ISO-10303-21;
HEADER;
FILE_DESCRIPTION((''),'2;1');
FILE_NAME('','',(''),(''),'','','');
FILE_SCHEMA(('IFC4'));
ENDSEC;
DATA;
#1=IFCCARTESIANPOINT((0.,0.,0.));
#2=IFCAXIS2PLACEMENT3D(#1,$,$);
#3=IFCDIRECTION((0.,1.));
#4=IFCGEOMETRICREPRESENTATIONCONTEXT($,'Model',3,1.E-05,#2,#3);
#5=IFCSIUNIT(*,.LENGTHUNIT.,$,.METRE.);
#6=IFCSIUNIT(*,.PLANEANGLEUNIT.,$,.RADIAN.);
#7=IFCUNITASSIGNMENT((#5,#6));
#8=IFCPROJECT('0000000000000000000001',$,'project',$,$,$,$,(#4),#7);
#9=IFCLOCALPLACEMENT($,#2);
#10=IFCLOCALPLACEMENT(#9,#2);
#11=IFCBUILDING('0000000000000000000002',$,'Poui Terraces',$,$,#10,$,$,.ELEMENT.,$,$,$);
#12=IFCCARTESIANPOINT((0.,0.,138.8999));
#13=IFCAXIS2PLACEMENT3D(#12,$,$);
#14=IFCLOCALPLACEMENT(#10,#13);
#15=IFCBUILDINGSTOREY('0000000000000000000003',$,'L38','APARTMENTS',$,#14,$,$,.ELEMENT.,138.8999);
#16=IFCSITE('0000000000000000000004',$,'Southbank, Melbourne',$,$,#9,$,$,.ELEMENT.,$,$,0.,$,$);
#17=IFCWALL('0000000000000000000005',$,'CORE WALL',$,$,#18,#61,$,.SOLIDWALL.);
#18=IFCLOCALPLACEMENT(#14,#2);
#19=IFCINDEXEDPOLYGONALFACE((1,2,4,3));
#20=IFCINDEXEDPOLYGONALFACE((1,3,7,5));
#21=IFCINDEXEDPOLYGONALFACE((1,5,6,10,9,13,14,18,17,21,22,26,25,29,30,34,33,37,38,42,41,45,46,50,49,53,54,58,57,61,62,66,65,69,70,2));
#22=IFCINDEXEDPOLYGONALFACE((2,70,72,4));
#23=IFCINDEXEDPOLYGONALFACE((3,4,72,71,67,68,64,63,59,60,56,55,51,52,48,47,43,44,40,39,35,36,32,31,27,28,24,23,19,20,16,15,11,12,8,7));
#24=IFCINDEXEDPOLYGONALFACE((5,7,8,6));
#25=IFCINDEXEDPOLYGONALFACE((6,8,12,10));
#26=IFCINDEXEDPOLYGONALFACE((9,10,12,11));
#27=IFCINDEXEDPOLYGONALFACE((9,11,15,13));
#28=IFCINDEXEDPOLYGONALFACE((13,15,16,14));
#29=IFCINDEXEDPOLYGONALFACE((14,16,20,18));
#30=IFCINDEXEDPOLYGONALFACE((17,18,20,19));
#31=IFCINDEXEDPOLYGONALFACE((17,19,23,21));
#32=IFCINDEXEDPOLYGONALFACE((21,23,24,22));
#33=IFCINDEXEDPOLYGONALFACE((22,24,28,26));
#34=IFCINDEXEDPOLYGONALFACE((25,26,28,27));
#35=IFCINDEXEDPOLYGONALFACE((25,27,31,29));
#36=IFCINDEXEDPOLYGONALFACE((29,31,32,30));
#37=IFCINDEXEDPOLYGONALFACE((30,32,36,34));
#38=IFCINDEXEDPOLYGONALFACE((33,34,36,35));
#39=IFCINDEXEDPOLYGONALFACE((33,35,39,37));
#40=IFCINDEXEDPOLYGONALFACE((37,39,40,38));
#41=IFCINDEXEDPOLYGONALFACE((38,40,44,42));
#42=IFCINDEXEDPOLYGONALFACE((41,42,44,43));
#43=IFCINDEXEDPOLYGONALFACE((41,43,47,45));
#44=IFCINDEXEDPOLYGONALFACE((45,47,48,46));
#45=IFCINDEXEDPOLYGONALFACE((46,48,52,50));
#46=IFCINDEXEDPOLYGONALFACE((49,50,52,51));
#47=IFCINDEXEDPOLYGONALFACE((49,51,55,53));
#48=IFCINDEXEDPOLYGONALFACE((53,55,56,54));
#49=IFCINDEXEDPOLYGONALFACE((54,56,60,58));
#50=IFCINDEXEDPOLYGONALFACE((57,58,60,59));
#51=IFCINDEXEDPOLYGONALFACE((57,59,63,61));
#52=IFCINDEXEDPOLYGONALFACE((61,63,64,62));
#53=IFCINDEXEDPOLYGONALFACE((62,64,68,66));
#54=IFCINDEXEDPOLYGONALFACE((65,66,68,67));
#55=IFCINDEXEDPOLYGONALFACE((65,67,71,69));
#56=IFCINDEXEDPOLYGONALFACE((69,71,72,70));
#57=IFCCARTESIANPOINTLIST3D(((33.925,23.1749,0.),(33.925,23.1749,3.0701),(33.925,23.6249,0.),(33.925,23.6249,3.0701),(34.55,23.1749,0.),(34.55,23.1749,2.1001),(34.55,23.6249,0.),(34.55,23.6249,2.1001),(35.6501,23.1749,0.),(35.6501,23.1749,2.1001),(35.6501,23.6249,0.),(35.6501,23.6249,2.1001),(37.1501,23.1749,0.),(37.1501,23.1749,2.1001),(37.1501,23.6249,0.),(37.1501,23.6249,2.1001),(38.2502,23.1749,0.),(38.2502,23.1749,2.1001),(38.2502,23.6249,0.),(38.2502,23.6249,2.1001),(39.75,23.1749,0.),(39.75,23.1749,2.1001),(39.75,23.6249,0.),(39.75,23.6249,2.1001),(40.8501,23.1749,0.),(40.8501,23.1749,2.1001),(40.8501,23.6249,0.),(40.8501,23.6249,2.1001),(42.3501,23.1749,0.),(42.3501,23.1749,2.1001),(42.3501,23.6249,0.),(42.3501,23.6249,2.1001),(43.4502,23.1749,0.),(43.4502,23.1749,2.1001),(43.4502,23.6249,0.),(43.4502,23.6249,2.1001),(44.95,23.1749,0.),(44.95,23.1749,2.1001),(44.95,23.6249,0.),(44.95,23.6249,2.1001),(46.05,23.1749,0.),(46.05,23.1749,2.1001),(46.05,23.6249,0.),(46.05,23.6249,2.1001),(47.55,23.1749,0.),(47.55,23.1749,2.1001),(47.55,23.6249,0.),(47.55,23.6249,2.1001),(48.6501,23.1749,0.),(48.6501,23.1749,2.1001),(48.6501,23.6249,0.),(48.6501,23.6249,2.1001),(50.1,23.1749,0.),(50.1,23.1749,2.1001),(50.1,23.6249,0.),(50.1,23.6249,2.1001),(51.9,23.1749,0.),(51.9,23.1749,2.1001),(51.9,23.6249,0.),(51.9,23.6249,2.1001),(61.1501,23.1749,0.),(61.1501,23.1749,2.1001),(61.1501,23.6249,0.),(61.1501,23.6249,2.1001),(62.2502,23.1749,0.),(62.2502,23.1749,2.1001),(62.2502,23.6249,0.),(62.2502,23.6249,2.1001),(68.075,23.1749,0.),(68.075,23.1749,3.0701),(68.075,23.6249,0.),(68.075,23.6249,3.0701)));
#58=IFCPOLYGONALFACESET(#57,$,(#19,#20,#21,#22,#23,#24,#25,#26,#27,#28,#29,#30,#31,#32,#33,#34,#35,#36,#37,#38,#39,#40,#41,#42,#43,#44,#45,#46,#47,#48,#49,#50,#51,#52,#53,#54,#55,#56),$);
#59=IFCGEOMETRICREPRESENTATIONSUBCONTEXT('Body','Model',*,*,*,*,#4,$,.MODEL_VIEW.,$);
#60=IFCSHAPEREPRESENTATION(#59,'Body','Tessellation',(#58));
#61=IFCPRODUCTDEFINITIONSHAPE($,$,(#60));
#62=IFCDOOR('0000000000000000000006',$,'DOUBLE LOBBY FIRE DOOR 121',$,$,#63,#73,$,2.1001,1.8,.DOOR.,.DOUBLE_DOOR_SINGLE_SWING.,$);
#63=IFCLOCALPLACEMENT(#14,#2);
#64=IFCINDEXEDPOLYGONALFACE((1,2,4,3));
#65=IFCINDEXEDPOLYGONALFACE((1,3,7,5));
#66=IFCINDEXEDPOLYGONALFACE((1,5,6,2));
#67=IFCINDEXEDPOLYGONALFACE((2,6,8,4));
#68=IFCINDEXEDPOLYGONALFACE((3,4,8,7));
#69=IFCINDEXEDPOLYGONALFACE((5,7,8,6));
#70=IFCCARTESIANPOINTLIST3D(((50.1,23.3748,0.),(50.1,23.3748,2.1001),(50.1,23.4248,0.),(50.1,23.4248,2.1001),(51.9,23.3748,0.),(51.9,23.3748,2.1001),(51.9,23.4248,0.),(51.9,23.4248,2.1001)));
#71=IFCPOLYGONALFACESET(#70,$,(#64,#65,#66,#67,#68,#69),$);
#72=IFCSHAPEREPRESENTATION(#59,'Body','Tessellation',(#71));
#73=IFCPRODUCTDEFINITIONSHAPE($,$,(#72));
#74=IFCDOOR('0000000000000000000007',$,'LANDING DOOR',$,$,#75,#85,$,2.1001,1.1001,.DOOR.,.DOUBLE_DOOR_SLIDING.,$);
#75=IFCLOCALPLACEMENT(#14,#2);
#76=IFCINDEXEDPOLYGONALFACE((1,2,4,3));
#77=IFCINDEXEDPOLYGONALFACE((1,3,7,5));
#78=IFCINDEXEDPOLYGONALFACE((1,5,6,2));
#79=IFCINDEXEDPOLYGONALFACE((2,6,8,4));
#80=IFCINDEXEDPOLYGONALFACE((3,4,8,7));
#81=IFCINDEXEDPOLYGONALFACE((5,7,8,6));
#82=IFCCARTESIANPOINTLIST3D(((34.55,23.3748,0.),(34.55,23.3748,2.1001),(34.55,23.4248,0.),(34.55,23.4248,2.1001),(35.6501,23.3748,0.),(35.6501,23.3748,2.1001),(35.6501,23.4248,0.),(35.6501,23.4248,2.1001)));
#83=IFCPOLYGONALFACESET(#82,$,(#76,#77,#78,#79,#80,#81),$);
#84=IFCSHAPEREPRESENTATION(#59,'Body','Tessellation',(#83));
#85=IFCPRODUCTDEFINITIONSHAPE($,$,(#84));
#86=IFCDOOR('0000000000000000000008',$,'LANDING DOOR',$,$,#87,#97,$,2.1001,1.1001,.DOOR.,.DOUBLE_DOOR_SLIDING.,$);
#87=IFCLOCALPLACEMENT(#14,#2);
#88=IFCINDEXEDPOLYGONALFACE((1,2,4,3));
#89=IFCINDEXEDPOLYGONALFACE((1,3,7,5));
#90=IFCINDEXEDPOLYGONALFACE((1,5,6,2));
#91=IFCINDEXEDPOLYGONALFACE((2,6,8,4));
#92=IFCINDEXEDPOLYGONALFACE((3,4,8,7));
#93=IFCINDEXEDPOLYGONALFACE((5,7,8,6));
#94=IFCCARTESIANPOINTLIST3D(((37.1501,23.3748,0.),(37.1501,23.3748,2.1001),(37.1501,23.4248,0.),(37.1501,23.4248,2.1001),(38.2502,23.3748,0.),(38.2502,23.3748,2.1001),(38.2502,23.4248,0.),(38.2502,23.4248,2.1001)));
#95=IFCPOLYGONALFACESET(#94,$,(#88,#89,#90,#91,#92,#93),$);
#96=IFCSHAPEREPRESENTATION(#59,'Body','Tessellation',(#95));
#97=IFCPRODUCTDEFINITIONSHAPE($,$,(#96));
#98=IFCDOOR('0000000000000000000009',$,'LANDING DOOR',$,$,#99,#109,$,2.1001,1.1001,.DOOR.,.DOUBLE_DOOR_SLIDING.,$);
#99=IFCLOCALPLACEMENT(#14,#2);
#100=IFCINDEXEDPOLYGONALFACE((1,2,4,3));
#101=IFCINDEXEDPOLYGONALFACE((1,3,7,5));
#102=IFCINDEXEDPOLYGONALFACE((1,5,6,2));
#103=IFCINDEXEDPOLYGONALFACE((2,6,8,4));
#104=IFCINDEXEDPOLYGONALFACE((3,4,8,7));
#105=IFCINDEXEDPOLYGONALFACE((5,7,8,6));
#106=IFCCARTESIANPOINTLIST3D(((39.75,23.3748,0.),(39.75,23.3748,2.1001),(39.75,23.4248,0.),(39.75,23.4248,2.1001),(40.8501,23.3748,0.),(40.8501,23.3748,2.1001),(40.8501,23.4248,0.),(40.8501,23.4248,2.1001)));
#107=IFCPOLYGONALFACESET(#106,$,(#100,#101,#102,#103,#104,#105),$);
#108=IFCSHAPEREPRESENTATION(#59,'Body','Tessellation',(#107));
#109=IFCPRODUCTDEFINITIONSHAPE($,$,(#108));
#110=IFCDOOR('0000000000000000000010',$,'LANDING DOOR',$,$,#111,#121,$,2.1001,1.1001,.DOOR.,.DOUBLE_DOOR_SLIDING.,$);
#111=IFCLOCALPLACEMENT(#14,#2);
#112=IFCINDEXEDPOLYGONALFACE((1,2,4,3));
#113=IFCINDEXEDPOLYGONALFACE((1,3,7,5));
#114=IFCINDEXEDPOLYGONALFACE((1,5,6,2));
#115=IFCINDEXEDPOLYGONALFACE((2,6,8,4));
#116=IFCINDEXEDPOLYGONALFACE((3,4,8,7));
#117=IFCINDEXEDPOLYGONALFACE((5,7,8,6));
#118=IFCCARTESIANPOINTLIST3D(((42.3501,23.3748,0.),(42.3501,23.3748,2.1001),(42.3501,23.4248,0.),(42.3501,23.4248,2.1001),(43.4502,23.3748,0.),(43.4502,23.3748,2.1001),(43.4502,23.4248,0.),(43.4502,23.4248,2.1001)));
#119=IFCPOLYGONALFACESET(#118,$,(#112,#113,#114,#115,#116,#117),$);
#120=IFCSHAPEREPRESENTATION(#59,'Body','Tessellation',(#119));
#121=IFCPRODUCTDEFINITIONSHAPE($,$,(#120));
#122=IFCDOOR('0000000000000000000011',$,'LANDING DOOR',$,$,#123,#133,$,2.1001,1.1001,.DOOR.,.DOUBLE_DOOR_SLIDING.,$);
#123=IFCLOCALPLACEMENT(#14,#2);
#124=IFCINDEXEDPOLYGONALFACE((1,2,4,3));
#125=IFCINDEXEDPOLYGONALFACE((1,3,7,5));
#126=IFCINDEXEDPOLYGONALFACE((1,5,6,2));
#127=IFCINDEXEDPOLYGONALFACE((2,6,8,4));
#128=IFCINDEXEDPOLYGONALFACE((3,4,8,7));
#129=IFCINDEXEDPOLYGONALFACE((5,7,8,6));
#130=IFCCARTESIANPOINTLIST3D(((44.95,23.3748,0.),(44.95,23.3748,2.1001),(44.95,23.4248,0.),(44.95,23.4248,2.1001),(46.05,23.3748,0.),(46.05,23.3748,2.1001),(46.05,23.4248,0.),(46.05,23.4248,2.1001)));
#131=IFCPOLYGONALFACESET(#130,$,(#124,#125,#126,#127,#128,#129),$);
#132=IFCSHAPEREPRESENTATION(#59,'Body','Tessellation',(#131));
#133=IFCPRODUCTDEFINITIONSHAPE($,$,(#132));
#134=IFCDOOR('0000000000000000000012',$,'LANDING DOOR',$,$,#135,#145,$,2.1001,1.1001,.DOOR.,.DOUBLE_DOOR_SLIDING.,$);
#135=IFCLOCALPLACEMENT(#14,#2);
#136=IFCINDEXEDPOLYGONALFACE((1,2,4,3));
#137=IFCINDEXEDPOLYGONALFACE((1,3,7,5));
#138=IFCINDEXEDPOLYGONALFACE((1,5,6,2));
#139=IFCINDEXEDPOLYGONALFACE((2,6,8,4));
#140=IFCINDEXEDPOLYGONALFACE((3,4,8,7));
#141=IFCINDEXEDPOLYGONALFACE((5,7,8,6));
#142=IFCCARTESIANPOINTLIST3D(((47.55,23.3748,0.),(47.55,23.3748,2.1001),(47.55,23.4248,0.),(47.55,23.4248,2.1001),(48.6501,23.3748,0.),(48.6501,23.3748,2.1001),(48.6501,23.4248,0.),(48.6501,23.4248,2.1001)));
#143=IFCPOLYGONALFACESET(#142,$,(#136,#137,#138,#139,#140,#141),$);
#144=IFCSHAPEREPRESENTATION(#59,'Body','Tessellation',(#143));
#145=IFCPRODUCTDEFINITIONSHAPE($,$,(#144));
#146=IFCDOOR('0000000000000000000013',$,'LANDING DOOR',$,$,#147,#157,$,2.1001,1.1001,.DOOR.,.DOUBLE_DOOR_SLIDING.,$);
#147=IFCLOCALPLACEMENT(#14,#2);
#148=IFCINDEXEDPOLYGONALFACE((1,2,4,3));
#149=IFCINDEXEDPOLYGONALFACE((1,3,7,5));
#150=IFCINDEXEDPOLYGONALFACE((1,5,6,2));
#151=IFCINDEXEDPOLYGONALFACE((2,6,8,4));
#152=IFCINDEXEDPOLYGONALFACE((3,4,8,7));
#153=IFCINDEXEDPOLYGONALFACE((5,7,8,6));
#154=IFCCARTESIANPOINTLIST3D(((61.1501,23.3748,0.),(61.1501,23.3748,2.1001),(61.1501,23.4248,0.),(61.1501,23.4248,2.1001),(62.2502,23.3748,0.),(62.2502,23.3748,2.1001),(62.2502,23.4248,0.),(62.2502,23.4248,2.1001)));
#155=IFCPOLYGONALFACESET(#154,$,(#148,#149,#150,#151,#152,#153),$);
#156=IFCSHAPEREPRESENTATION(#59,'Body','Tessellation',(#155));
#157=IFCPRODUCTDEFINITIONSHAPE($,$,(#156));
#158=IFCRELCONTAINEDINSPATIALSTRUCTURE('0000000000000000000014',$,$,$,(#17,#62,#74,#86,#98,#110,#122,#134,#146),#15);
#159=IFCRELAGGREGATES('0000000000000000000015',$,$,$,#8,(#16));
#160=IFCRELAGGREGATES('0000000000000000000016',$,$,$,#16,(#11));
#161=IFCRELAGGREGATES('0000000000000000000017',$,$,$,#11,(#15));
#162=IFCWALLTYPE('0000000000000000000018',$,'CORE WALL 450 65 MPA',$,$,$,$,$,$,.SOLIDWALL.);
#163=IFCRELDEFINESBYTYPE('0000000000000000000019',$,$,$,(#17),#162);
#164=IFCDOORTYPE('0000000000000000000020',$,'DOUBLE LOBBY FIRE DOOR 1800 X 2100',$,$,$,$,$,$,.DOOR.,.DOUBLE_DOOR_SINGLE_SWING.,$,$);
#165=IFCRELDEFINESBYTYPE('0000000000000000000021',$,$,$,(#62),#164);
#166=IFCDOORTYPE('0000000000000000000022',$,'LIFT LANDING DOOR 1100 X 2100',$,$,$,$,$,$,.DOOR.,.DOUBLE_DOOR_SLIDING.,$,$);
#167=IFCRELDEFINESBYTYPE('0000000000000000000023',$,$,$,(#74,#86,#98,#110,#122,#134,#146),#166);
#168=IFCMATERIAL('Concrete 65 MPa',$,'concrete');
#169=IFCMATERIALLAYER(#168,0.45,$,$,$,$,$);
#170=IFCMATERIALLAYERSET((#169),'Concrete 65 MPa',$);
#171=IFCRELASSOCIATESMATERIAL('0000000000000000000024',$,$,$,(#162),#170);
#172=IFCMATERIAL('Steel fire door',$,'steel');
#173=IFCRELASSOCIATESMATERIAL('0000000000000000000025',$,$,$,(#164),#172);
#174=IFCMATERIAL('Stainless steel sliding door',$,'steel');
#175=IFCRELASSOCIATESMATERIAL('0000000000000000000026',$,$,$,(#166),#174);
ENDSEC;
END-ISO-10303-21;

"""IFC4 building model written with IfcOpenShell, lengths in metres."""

from ifc_helpers import new_model, si_unit, direction, frame, frame_2d, origin, place, context, subcontext, project, spatial, rectangle, extrude, material, layer, layer_set, type_object, element, fill, save


model = new_model("IFC4")

# Units and contexts
model_context = context("Model", 3, precision=1e-05, world=origin(), true_north=direction((0.0, 1.0)))
body_context = subcontext(model_context, "Body", "Model", "MODEL_VIEW")
ifc_project = project(units=[si_unit("LENGTHUNIT", "METRE"), si_unit("PLANEANGLEUNIT", "RADIAN")], contexts=[model_context])

# Site, building, storey
site_placement = place(None, origin())
site = spatial("IfcSite", under=ifc_project, at=site_placement, Name="Southbank, Melbourne", CompositionType="ELEMENT", RefElevation=0.0)
building_placement = place(site_placement, origin())
building = spatial("IfcBuilding", under=site, at=building_placement, Name="Poui Terraces", CompositionType="ELEMENT")
storey_placement = place(building_placement, frame((0.0, 0.0, 138.8999)))
storey = spatial("IfcBuildingStorey", under=building, at=storey_placement, Name="L38", Description="APARTMENTS", CompositionType="ELEMENT", Elevation=138.8999)

# Wall, openings, doors
ifc_material_1 = material(Name="Concrete 65 MPa", Category="concrete")
ifc_layer_1 = layer(ifc_material_1, 0.45)
ifc_layer_set_1 = layer_set([ifc_layer_1], Name="Concrete 65 MPa")
wall_type_1 = type_object("IfcWallType", Name="CORE WALL 450 65 MPA", PredefinedType="SOLIDWALL", material=ifc_layer_set_1)
ifc_material_2 = material(Name="Steel fire door", Category="steel")
door_type_1 = type_object("IfcDoorType", Name="DOUBLE LOBBY FIRE DOOR 1800 X 2100", OperationType="DOUBLE_DOOR_SINGLE_SWING", PredefinedType="DOOR", material=ifc_material_2)
wall_1_placement = place(storey_placement, frame((33.925, 23.3999, 0.0), z_axis=(0.0, 0.0, 1.0), x_axis=(1.0, 0.0, 0.0)))
wall_1 = element("IfcWall", 1, at=wall_1_placement, inside=storey, type_object=wall_type_1, Name="CORE WALL", PredefinedType="SOLIDWALL", context=body_context, shape_type="SweptSolid", body=[
    extrude(rectangle(XDim=34.1499, YDim=0.45, at=frame_2d((17.075, 0.0))), origin(), (0.0, 0.0, 1.0), 3.0701),
])
opening_1_placement = place(wall_1_placement, frame((16.175, 0.0, 0.0)))
opening_1 = element("IfcOpeningElement", 2, at=opening_1_placement, cuts=wall_1, PredefinedType="OPENING", context=body_context, shape_type="SweptSolid", body=[
    extrude(rectangle(XDim=1.8, YDim=2.1001, at=frame_2d((0.8999, 1.05))), frame((0.0, 0.2349, 0.0), z_axis=(0.0, -1.0, 0.0), x_axis=(1.0, 0.0, 0.0)), (0.0, 0.0, 1.0), 0.47),
])
opening_2_placement = place(wall_1_placement, frame((0.625, 0.0, 0.0)))
opening_2 = element("IfcOpeningElement", 3, at=opening_2_placement, cuts=wall_1, PredefinedType="OPENING", context=body_context, shape_type="SweptSolid", body=[
    extrude(rectangle(XDim=1.1001, YDim=2.1001, at=frame_2d((0.55, 1.05))), frame((0.0, 0.2349, 0.0), z_axis=(0.0, -1.0, 0.0), x_axis=(1.0, 0.0, 0.0)), (0.0, 0.0, 1.0), 0.47),
])
opening_3_placement = place(wall_1_placement, frame((3.2251, 0.0, 0.0)))
opening_3 = element("IfcOpeningElement", 4, at=opening_3_placement, cuts=wall_1, PredefinedType="OPENING", context=body_context, shape_type="SweptSolid", body=[
    extrude(rectangle(XDim=1.1001, YDim=2.1001, at=frame_2d((0.55, 1.05))), frame((0.0, 0.2349, 0.0), z_axis=(0.0, -1.0, 0.0), x_axis=(1.0, 0.0, 0.0)), (0.0, 0.0, 1.0), 0.47),
])
opening_4_placement = place(wall_1_placement, frame((5.825, 0.0, 0.0)))
opening_4 = element("IfcOpeningElement", 5, at=opening_4_placement, cuts=wall_1, PredefinedType="OPENING", context=body_context, shape_type="SweptSolid", body=[
    extrude(rectangle(XDim=1.1001, YDim=2.1001, at=frame_2d((0.55, 1.05))), frame((0.0, 0.2349, 0.0), z_axis=(0.0, -1.0, 0.0), x_axis=(1.0, 0.0, 0.0)), (0.0, 0.0, 1.0), 0.47),
])
opening_5_placement = place(wall_1_placement, frame((8.425, 0.0, 0.0)))
opening_5 = element("IfcOpeningElement", 6, at=opening_5_placement, cuts=wall_1, PredefinedType="OPENING", context=body_context, shape_type="SweptSolid", body=[
    extrude(rectangle(XDim=1.1001, YDim=2.1001, at=frame_2d((0.55, 1.05))), frame((0.0, 0.2349, 0.0), z_axis=(0.0, -1.0, 0.0), x_axis=(1.0, 0.0, 0.0)), (0.0, 0.0, 1.0), 0.47),
])
opening_6_placement = place(wall_1_placement, frame((11.0249, 0.0, 0.0)))
opening_6 = element("IfcOpeningElement", 7, at=opening_6_placement, cuts=wall_1, PredefinedType="OPENING", context=body_context, shape_type="SweptSolid", body=[
    extrude(rectangle(XDim=1.1001, YDim=2.1001, at=frame_2d((0.55, 1.05))), frame((0.0, 0.2349, 0.0), z_axis=(0.0, -1.0, 0.0), x_axis=(1.0, 0.0, 0.0)), (0.0, 0.0, 1.0), 0.47),
])
opening_7_placement = place(wall_1_placement, frame((13.625, 0.0, 0.0)))
opening_7 = element("IfcOpeningElement", 8, at=opening_7_placement, cuts=wall_1, PredefinedType="OPENING", context=body_context, shape_type="SweptSolid", body=[
    extrude(rectangle(XDim=1.1001, YDim=2.1001, at=frame_2d((0.55, 1.05))), frame((0.0, 0.2349, 0.0), z_axis=(0.0, -1.0, 0.0), x_axis=(1.0, 0.0, 0.0)), (0.0, 0.0, 1.0), 0.47),
])
opening_8_placement = place(wall_1_placement, frame((27.2251, 0.0, 0.0)))
opening_8 = element("IfcOpeningElement", 9, at=opening_8_placement, cuts=wall_1, PredefinedType="OPENING", context=body_context, shape_type="SweptSolid", body=[
    extrude(rectangle(XDim=1.1001, YDim=2.1001, at=frame_2d((0.55, 1.05))), frame((0.0, 0.2349, 0.0), z_axis=(0.0, -1.0, 0.0), x_axis=(1.0, 0.0, 0.0)), (0.0, 0.0, 1.0), 0.47),
])
door_1_placement = place(opening_1_placement, origin())
door_1 = element("IfcDoor", 10, at=door_1_placement, inside=storey, type_object=door_type_1, Name="DOUBLE LOBBY FIRE DOOR 121", OperationType="DOUBLE_DOOR_SINGLE_SWING", OverallHeight=2.1001, OverallWidth=1.8, PredefinedType="DOOR", context=body_context, shape_type="SweptSolid", body=[
    extrude(rectangle(XDim=1.8, YDim=2.1001, at=frame_2d((0.8999, 1.05))), frame((0.0, 0.0249, 0.0), z_axis=(0.0, -1.0, 0.0), x_axis=(1.0, 0.0, 0.0)), (0.0, 0.0, 1.0), 0.05),
])
fill(opening_1, door_1)
ifc_material_3 = material(Name="Stainless steel sliding door", Category="steel")
door_type_2 = type_object("IfcDoorType", Name="LIFT LANDING DOOR 1100 X 2100", OperationType="DOUBLE_DOOR_SLIDING", PredefinedType="DOOR", material=ifc_material_3)
door_2_placement = place(opening_2_placement, origin())
door_2 = element("IfcDoor", 11, at=door_2_placement, inside=storey, type_object=door_type_2, Name="LANDING DOOR", OperationType="DOUBLE_DOOR_SLIDING", OverallHeight=2.1001, OverallWidth=1.1001, PredefinedType="DOOR", context=body_context, shape_type="SweptSolid", body=[
    extrude(rectangle(XDim=1.1001, YDim=2.1001, at=frame_2d((0.55, 1.05))), frame((0.0, 0.0249, 0.0), z_axis=(0.0, -1.0, 0.0), x_axis=(1.0, 0.0, 0.0)), (0.0, 0.0, 1.0), 0.05),
])
fill(opening_2, door_2)
door_3_placement = place(opening_3_placement, origin())
door_3 = element("IfcDoor", 12, at=door_3_placement, inside=storey, type_object=door_type_2, Name="LANDING DOOR", OperationType="DOUBLE_DOOR_SLIDING", OverallHeight=2.1001, OverallWidth=1.1001, PredefinedType="DOOR", context=body_context, shape_type="SweptSolid", body=[
    extrude(rectangle(XDim=1.1001, YDim=2.1001, at=frame_2d((0.55, 1.05))), frame((0.0, 0.0249, 0.0), z_axis=(0.0, -1.0, 0.0), x_axis=(1.0, 0.0, 0.0)), (0.0, 0.0, 1.0), 0.05),
])
fill(opening_3, door_3)
door_4_placement = place(opening_4_placement, origin())
door_4 = element("IfcDoor", 13, at=door_4_placement, inside=storey, type_object=door_type_2, Name="LANDING DOOR", OperationType="DOUBLE_DOOR_SLIDING", OverallHeight=2.1001, OverallWidth=1.1001, PredefinedType="DOOR", context=body_context, shape_type="SweptSolid", body=[
    extrude(rectangle(XDim=1.1001, YDim=2.1001, at=frame_2d((0.55, 1.05))), frame((0.0, 0.0249, 0.0), z_axis=(0.0, -1.0, 0.0), x_axis=(1.0, 0.0, 0.0)), (0.0, 0.0, 1.0), 0.05),
])
fill(opening_4, door_4)
door_5_placement = place(opening_5_placement, origin())
door_5 = element("IfcDoor", 14, at=door_5_placement, inside=storey, type_object=door_type_2, Name="LANDING DOOR", OperationType="DOUBLE_DOOR_SLIDING", OverallHeight=2.1001, OverallWidth=1.1001, PredefinedType="DOOR", context=body_context, shape_type="SweptSolid", body=[
    extrude(rectangle(XDim=1.1001, YDim=2.1001, at=frame_2d((0.55, 1.05))), frame((0.0, 0.0249, 0.0), z_axis=(0.0, -1.0, 0.0), x_axis=(1.0, 0.0, 0.0)), (0.0, 0.0, 1.0), 0.05),
])
fill(opening_5, door_5)
door_6_placement = place(opening_6_placement, origin())
door_6 = element("IfcDoor", 15, at=door_6_placement, inside=storey, type_object=door_type_2, Name="LANDING DOOR", OperationType="DOUBLE_DOOR_SLIDING", OverallHeight=2.1001, OverallWidth=1.1001, PredefinedType="DOOR", context=body_context, shape_type="SweptSolid", body=[
    extrude(rectangle(XDim=1.1001, YDim=2.1001, at=frame_2d((0.55, 1.05))), frame((0.0, 0.0249, 0.0), z_axis=(0.0, -1.0, 0.0), x_axis=(1.0, 0.0, 0.0)), (0.0, 0.0, 1.0), 0.05),
])
fill(opening_6, door_6)
door_7_placement = place(opening_7_placement, origin())
door_7 = element("IfcDoor", 16, at=door_7_placement, inside=storey, type_object=door_type_2, Name="LANDING DOOR", OperationType="DOUBLE_DOOR_SLIDING", OverallHeight=2.1001, OverallWidth=1.1001, PredefinedType="DOOR", context=body_context, shape_type="SweptSolid", body=[
    extrude(rectangle(XDim=1.1001, YDim=2.1001, at=frame_2d((0.55, 1.05))), frame((0.0, 0.0249, 0.0), z_axis=(0.0, -1.0, 0.0), x_axis=(1.0, 0.0, 0.0)), (0.0, 0.0, 1.0), 0.05),
])
fill(opening_7, door_7)
door_8_placement = place(opening_8_placement, origin())
door_8 = element("IfcDoor", 17, at=door_8_placement, inside=storey, type_object=door_type_2, Name="LANDING DOOR", OperationType="DOUBLE_DOOR_SLIDING", OverallHeight=2.1001, OverallWidth=1.1001, PredefinedType="DOOR", context=body_context, shape_type="SweptSolid", body=[
    extrude(rectangle(XDim=1.1001, YDim=2.1001, at=frame_2d((0.55, 1.05))), frame((0.0, 0.0249, 0.0), z_axis=(0.0, -1.0, 0.0), x_axis=(1.0, 0.0, 0.0)), (0.0, 0.0, 1.0), 0.05),
])
fill(opening_8, door_8)

save(model, "model.ifc")
